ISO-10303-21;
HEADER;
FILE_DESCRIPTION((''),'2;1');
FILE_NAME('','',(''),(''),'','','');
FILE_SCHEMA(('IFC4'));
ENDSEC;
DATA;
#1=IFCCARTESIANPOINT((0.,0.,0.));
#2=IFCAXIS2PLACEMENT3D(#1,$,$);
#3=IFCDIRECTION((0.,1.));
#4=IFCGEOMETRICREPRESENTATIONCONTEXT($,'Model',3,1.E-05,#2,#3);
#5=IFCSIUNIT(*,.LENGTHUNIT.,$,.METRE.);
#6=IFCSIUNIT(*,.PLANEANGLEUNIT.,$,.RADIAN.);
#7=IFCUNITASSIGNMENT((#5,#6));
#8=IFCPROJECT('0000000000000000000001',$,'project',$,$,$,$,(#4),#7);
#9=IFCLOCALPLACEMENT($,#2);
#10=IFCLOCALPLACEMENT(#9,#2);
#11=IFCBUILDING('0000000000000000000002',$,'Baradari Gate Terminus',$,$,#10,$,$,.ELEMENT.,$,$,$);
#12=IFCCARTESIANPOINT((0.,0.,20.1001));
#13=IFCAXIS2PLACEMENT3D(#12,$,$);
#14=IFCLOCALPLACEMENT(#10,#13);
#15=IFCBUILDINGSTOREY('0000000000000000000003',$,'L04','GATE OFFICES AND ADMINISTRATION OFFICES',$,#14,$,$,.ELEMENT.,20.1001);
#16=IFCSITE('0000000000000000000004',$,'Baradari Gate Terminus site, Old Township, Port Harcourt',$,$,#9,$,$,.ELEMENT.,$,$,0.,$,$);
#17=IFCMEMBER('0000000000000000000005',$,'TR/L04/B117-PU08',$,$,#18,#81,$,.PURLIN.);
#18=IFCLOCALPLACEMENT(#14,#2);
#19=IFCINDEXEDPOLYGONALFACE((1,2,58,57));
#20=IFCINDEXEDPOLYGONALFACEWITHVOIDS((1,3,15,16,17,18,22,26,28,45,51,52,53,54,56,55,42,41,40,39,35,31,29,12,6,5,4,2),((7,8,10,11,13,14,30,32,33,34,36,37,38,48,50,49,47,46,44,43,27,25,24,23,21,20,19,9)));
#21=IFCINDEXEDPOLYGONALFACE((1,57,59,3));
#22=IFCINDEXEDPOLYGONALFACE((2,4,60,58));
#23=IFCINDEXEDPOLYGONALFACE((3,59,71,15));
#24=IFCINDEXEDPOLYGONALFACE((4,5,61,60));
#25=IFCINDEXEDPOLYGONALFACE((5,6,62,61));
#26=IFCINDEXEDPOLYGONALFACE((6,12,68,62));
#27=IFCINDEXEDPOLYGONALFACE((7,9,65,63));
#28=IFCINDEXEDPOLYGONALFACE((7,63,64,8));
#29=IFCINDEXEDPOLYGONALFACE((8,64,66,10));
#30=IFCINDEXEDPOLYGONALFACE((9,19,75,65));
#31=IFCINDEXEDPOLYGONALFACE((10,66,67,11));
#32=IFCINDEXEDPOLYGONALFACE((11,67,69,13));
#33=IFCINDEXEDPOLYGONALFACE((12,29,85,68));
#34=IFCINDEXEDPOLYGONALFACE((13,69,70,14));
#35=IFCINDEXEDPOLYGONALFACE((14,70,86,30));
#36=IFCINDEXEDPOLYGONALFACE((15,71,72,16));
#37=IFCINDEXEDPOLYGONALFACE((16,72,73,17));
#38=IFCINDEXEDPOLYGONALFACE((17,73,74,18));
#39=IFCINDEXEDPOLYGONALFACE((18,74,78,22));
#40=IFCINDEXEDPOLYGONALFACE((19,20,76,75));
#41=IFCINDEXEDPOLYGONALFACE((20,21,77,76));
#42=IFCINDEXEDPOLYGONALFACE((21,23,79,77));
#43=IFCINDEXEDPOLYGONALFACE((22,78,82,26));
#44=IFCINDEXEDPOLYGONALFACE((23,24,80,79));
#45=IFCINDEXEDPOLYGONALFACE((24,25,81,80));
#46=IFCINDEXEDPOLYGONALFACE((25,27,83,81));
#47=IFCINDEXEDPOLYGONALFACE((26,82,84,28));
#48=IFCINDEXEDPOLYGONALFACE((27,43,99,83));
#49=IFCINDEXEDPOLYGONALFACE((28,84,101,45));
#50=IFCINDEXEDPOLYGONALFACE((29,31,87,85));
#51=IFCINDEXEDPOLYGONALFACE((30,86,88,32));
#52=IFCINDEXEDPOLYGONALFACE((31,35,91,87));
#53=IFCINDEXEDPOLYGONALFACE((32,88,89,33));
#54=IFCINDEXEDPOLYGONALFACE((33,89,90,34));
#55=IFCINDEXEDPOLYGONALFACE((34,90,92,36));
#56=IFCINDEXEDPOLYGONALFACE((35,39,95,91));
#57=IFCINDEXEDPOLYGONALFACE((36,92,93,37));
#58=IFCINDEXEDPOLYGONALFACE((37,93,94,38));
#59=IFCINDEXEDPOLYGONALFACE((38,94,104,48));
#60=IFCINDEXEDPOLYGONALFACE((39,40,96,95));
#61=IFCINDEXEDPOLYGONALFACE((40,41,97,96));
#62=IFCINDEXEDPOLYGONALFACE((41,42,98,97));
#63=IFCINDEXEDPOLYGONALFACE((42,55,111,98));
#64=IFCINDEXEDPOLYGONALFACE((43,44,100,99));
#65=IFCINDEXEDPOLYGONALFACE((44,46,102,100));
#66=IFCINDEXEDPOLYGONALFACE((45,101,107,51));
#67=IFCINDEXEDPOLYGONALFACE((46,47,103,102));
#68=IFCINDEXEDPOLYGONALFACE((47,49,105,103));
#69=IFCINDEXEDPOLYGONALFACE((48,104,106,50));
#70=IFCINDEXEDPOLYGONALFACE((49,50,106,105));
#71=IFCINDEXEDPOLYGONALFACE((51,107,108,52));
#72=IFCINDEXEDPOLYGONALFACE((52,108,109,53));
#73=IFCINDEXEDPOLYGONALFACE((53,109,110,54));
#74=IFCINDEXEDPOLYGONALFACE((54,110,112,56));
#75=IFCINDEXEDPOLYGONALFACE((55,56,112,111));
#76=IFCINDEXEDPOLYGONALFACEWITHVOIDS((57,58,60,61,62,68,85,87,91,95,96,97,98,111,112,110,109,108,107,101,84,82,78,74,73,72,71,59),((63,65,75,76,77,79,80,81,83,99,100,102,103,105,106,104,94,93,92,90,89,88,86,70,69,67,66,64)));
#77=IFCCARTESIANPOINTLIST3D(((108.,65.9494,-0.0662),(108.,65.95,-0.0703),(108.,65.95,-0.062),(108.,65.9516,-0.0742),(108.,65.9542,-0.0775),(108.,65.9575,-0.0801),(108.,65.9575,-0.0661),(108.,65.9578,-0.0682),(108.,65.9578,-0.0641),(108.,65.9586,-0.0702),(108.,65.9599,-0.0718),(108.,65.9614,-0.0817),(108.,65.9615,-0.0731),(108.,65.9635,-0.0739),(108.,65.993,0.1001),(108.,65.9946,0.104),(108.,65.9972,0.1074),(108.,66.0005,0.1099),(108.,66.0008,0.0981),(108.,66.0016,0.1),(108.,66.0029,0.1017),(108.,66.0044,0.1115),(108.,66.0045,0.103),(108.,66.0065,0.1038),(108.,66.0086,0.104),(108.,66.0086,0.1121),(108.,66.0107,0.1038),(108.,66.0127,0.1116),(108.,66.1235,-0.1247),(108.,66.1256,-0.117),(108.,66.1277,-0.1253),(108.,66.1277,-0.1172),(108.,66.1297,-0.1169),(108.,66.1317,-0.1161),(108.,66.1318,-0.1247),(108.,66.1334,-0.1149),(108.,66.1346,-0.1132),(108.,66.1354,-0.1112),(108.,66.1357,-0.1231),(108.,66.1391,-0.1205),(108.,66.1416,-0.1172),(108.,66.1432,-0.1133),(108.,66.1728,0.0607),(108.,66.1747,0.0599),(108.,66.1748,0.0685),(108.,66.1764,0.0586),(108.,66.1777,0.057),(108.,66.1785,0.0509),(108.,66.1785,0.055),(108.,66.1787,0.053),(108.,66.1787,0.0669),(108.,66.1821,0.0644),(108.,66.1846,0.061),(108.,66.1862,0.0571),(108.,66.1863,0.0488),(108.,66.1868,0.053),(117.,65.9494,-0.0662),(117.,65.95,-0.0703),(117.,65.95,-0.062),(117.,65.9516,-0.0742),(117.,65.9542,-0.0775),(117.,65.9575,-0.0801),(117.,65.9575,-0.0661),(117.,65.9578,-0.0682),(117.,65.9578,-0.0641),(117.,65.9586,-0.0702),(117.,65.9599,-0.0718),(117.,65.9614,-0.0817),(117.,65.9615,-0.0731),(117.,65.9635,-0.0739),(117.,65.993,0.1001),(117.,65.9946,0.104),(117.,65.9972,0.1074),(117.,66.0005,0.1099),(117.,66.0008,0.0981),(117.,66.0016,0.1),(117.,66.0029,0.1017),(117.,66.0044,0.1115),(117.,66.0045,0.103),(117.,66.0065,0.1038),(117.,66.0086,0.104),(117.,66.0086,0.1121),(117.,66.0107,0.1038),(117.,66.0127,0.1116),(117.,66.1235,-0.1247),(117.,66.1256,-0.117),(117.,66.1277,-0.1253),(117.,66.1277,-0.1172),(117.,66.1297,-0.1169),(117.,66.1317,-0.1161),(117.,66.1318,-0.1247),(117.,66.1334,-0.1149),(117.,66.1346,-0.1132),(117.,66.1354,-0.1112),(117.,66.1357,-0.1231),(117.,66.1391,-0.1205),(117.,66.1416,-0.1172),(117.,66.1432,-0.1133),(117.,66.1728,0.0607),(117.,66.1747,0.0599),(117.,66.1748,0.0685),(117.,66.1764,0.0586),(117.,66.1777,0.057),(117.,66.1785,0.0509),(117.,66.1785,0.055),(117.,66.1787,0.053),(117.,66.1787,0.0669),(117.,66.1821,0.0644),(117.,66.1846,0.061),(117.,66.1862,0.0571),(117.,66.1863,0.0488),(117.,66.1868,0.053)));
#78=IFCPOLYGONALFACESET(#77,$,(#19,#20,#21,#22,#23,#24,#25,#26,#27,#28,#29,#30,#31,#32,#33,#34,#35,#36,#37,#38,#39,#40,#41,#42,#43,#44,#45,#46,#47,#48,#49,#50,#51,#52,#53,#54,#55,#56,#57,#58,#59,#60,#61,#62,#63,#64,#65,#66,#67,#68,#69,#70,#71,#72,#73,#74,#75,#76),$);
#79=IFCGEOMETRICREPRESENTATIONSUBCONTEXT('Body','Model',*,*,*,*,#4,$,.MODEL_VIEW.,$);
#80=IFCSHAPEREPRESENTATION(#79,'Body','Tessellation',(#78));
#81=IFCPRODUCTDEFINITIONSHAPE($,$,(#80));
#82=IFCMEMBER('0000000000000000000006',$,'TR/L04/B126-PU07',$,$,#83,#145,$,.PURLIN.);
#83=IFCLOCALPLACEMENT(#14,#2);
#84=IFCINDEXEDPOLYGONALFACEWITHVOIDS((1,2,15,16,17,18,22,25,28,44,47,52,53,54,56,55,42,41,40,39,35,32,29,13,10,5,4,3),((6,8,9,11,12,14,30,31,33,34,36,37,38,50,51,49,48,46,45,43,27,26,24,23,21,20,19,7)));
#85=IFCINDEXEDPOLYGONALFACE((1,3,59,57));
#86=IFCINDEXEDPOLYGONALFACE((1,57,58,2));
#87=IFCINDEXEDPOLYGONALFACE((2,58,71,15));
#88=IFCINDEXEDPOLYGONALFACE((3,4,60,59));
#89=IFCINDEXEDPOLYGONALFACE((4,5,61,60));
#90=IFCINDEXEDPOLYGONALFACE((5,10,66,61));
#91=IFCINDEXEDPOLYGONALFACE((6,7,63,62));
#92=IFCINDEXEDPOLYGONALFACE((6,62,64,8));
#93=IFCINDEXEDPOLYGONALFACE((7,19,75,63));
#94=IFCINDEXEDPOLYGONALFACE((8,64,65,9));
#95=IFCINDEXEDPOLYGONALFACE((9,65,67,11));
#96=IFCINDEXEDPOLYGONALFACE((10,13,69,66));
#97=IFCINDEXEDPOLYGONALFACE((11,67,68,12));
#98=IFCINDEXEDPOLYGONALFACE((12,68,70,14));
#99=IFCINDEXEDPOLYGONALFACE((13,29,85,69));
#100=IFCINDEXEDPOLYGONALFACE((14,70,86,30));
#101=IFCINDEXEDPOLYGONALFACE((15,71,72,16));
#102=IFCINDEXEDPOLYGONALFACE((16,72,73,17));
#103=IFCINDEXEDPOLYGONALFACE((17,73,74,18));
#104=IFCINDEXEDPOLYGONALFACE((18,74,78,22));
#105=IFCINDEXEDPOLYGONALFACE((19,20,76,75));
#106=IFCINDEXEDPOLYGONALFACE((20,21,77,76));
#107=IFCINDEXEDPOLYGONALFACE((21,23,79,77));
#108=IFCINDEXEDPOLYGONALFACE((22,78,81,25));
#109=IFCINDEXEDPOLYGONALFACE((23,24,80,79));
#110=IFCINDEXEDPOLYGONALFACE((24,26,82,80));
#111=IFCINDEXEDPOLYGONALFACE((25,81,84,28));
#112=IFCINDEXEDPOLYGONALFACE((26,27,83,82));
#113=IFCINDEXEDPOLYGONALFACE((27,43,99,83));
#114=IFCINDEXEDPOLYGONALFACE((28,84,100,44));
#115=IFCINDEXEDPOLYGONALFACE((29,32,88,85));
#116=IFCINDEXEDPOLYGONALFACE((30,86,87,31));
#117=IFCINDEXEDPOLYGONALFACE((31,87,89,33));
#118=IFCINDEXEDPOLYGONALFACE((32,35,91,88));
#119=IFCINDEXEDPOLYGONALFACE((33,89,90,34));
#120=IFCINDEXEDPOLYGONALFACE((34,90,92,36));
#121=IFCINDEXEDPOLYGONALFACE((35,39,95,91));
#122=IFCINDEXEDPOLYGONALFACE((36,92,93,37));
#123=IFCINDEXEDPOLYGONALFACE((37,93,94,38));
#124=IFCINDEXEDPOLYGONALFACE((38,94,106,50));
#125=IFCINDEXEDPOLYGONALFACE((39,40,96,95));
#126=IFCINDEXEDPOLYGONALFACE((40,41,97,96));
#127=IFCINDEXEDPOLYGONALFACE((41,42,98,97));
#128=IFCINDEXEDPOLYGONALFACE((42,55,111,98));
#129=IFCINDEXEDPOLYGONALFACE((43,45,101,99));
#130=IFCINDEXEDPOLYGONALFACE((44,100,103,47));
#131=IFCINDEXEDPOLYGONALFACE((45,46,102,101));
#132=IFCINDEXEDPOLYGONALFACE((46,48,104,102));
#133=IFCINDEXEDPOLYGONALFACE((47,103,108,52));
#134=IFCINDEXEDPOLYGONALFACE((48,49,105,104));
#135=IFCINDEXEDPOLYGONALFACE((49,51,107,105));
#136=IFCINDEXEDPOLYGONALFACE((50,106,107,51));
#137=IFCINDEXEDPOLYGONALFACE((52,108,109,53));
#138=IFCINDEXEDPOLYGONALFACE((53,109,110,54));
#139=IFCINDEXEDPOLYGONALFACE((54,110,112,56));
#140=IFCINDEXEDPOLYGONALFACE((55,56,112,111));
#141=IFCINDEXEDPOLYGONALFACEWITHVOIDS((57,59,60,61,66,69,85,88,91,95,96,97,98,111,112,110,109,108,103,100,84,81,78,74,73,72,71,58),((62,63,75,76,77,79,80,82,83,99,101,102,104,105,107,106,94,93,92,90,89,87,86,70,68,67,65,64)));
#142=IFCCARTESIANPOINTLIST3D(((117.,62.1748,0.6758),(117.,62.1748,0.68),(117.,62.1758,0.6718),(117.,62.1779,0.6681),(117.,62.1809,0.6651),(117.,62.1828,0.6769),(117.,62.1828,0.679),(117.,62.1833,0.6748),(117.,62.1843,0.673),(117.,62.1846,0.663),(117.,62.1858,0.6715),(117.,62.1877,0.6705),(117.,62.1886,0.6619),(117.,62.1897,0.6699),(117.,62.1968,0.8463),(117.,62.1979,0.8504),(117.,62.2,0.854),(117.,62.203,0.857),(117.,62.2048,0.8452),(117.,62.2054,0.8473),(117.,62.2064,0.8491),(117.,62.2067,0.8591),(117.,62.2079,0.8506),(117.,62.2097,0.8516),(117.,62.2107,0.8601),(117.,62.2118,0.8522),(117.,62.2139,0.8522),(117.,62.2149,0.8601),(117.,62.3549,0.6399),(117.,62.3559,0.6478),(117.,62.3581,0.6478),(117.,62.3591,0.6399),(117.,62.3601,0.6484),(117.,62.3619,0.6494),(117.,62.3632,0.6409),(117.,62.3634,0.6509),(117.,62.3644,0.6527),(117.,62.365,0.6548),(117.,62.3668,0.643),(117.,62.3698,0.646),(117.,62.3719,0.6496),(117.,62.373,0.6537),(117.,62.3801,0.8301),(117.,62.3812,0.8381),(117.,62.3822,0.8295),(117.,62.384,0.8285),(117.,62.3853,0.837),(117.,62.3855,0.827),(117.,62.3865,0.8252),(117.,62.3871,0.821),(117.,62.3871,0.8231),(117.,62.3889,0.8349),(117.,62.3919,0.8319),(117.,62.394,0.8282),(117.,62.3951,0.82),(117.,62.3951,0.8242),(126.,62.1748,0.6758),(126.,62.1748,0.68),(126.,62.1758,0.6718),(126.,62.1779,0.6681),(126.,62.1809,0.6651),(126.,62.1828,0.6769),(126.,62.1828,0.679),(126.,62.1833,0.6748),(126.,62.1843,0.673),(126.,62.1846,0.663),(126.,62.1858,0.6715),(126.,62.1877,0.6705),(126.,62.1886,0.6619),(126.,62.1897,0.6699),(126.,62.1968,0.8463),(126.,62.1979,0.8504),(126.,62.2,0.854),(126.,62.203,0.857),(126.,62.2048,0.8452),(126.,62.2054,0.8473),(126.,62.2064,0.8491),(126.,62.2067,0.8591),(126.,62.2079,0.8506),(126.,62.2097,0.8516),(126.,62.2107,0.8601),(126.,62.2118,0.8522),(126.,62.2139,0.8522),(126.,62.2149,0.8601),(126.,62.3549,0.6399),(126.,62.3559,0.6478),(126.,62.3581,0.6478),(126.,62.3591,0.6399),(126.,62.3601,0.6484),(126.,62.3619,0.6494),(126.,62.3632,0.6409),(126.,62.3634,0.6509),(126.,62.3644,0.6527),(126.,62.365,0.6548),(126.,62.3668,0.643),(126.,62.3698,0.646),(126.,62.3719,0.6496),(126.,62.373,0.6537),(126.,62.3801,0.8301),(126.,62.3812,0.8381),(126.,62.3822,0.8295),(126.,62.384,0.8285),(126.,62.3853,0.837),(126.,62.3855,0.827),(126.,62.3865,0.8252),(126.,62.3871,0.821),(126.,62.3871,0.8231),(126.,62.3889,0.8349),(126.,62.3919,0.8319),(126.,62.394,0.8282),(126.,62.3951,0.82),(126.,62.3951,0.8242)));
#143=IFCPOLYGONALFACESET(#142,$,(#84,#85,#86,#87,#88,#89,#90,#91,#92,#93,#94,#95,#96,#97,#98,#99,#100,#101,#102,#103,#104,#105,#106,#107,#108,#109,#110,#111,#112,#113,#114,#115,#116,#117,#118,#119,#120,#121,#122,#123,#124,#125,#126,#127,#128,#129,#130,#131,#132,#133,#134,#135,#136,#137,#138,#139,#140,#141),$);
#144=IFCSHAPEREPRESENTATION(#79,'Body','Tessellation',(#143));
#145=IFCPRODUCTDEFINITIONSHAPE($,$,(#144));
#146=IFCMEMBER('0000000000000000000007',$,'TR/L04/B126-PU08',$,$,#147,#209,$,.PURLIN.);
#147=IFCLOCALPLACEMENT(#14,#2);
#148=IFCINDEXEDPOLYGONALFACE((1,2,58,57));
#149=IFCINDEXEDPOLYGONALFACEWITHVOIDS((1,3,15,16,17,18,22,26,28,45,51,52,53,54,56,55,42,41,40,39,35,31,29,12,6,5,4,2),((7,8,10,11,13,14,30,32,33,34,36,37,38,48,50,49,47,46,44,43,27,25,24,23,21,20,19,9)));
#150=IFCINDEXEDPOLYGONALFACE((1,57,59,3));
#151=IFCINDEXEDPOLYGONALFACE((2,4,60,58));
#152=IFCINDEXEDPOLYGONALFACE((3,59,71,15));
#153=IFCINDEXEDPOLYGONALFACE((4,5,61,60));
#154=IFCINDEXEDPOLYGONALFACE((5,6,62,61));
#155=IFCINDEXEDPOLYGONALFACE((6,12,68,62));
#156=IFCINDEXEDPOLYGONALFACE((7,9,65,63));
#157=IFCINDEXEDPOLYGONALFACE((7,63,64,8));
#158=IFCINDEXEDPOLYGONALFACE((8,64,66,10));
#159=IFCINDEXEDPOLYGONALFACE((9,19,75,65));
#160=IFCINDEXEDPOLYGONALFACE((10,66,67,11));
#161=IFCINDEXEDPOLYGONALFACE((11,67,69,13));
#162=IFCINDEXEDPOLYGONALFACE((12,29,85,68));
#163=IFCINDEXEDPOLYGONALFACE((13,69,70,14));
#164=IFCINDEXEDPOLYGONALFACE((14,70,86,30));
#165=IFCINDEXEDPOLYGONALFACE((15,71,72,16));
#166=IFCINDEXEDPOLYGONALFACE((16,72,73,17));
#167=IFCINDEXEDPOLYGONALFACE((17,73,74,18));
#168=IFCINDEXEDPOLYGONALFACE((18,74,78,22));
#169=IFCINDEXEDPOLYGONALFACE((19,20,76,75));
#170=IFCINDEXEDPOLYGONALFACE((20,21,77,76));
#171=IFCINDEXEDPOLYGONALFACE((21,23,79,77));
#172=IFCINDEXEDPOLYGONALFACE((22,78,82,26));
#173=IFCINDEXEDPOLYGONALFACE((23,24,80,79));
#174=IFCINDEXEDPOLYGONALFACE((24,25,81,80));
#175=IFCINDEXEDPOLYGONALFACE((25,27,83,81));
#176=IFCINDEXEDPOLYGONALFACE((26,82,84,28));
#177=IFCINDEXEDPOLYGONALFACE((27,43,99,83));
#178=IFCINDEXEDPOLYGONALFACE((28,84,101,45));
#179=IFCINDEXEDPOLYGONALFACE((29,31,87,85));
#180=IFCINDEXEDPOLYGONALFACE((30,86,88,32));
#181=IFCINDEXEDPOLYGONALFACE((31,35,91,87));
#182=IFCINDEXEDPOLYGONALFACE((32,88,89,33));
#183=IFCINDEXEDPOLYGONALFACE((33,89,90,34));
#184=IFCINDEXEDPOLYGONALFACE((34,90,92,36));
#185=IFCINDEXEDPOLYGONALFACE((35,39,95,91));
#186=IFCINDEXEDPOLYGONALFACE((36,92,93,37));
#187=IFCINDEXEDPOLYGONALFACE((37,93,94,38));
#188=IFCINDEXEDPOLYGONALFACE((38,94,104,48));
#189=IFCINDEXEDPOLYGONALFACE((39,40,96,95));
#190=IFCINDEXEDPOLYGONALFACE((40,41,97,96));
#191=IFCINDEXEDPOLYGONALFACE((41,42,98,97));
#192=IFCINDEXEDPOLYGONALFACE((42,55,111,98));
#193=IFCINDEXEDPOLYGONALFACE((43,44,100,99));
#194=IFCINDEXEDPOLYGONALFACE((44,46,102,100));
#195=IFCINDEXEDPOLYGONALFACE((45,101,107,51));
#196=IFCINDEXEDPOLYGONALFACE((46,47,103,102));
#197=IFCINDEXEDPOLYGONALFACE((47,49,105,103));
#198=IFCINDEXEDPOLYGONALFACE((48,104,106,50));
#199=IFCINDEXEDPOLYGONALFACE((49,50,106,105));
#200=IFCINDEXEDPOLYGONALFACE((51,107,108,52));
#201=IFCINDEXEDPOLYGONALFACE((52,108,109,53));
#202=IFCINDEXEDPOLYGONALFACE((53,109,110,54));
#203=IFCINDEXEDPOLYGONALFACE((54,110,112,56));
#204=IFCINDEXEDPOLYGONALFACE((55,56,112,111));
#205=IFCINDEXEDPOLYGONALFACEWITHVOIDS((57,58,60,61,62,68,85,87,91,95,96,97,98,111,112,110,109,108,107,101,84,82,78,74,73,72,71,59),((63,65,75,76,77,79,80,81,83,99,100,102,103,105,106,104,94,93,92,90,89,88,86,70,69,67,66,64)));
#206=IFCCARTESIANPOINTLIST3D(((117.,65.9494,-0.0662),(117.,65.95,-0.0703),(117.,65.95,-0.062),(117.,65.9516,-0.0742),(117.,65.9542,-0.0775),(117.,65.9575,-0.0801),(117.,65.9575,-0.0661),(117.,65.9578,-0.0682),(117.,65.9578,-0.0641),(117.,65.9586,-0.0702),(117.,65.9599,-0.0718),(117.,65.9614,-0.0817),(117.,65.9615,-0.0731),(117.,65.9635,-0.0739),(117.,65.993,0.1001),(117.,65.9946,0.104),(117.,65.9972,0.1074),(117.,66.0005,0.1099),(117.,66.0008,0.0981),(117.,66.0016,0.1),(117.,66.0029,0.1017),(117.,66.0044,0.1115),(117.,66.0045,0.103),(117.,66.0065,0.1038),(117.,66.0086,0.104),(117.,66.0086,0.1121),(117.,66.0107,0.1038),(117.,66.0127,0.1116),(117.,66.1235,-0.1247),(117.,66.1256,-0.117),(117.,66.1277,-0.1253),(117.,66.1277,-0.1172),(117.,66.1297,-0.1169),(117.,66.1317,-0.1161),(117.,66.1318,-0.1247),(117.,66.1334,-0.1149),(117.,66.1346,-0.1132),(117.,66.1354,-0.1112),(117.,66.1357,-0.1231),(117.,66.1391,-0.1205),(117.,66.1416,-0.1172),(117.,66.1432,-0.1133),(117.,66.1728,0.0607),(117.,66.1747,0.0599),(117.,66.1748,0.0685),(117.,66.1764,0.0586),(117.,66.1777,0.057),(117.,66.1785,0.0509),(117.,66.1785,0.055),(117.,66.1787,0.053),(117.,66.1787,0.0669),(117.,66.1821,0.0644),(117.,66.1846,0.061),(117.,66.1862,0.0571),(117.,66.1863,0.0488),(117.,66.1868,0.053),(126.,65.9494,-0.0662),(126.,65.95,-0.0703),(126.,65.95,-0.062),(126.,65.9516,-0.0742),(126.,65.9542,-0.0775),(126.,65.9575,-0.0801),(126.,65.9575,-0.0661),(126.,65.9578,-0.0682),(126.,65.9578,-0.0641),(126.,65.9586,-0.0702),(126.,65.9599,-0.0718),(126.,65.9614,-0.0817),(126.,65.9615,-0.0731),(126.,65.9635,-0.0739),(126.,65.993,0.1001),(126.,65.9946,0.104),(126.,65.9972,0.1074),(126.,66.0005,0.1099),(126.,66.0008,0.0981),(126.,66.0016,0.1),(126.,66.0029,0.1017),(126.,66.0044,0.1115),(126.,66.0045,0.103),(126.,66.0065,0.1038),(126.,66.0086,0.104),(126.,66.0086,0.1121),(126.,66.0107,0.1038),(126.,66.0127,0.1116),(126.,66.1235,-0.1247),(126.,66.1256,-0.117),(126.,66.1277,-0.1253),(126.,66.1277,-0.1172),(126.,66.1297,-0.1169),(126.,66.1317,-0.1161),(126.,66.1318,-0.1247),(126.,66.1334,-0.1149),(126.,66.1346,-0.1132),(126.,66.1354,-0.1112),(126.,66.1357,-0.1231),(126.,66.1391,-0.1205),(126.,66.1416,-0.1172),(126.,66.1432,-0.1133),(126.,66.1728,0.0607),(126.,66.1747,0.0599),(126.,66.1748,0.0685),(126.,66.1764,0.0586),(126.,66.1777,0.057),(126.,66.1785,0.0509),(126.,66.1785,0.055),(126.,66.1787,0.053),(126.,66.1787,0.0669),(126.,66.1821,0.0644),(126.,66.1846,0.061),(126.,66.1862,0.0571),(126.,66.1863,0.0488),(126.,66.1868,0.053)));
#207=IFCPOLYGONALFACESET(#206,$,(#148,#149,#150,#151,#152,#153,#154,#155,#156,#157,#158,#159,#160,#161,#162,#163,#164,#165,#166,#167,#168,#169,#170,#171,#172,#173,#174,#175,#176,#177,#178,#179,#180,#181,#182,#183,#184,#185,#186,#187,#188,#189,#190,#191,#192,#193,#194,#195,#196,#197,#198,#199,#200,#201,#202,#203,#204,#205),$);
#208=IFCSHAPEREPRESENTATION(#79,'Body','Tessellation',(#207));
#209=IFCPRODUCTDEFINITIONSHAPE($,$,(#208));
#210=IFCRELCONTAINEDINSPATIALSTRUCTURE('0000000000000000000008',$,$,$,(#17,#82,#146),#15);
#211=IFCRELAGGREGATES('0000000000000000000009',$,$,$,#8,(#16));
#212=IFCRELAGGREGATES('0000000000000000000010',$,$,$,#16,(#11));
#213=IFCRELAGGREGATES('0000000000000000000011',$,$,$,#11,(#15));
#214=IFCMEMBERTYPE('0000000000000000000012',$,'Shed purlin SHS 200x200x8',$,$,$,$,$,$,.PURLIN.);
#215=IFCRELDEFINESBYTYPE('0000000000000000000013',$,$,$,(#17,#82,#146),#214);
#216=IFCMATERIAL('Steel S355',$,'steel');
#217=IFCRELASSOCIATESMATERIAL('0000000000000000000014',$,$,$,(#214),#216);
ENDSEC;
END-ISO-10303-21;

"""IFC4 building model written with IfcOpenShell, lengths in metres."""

from ifc_helpers import new_model, si_unit, direction, frame, origin, origin_2d, place, context, subcontext, project, spatial, hollow_rectangle, extrude, material, material_profile, profile_set, type_object, element, save


model = new_model("IFC4")

# Units and contexts
model_context = context("Model", 3, precision=1e-05, world=origin(), true_north=direction((0.0, 1.0)))
body_context = subcontext(model_context, "Body", "Model", "MODEL_VIEW")
ifc_project = project(units=[si_unit("LENGTHUNIT", "METRE"), si_unit("PLANEANGLEUNIT", "RADIAN")], contexts=[model_context])

# Site, building, storey
site_placement = place(None, origin())
site = spatial("IfcSite", under=ifc_project, at=site_placement, Name="Baradari Gate Terminus site, Old Township, Port Harcourt", CompositionType="ELEMENT", RefElevation=0.0)
building_placement = place(site_placement, origin())
building = spatial("IfcBuilding", under=site, at=building_placement, Name="Baradari Gate Terminus", CompositionType="ELEMENT")
storey_placement = place(building_placement, frame((0.0, 0.0, 20.1001)))
storey = spatial("IfcBuildingStorey", under=building, at=storey_placement, Name="L04", Description="GATE OFFICES AND ADMINISTRATION OFFICES", CompositionType="ELEMENT", Elevation=20.1001)

# Members
ifc_material_1 = material(Name="Steel S355", Category="steel")
ifc_material_profile_1 = material_profile(ifc_material_1, hollow_rectangle(XDim=0.2, YDim=0.2, WallThickness=0.0081, InnerFilletRadius=0.0081, OuterFilletRadius=0.0161, at=origin_2d()), Name="SHS 200x200x8")
ifc_profile_set_1 = profile_set([ifc_material_profile_1], Name="Steel S355")
member_type_1 = type_object("IfcMemberType", Name="Shed purlin SHS 200x200x8", PredefinedType="PURLIN", material=ifc_profile_set_1)
for number, where, z_axis, x_axis, name in (
    (1, (108.0, 66.0681, -0.0066), (1.0, 0.0, 0.0), (0.0, 0.9665, -0.256668), "TR/L04/B117-PU08"),
    (2, (117.0, 62.2849, 0.75), (1.0, 0.0, 0.0), (0.0, 0.991303, -0.131599), "TR/L04/B126-PU07"),
    (3, (117.0, 66.0681, -0.0066), (1.0, 0.0, 0.0), (0.0, 0.9665, -0.256668), "TR/L04/B126-PU08"),
):
    element("IfcMember", number, at=place(storey_placement, frame(where, z_axis=z_axis, x_axis=x_axis)), inside=storey, type_object=member_type_1, Name=name, PredefinedType="PURLIN", context=body_context, shape_type="SweptSolid", body=[
        extrude(hollow_rectangle(XDim=0.2, YDim=0.2, WallThickness=0.0081, InnerFilletRadius=0.0081, OuterFilletRadius=0.0161, at=origin_2d()), origin(), (0.0, 0.0, 1.0), 9.0),
    ])

save(model, "model.ifc")
